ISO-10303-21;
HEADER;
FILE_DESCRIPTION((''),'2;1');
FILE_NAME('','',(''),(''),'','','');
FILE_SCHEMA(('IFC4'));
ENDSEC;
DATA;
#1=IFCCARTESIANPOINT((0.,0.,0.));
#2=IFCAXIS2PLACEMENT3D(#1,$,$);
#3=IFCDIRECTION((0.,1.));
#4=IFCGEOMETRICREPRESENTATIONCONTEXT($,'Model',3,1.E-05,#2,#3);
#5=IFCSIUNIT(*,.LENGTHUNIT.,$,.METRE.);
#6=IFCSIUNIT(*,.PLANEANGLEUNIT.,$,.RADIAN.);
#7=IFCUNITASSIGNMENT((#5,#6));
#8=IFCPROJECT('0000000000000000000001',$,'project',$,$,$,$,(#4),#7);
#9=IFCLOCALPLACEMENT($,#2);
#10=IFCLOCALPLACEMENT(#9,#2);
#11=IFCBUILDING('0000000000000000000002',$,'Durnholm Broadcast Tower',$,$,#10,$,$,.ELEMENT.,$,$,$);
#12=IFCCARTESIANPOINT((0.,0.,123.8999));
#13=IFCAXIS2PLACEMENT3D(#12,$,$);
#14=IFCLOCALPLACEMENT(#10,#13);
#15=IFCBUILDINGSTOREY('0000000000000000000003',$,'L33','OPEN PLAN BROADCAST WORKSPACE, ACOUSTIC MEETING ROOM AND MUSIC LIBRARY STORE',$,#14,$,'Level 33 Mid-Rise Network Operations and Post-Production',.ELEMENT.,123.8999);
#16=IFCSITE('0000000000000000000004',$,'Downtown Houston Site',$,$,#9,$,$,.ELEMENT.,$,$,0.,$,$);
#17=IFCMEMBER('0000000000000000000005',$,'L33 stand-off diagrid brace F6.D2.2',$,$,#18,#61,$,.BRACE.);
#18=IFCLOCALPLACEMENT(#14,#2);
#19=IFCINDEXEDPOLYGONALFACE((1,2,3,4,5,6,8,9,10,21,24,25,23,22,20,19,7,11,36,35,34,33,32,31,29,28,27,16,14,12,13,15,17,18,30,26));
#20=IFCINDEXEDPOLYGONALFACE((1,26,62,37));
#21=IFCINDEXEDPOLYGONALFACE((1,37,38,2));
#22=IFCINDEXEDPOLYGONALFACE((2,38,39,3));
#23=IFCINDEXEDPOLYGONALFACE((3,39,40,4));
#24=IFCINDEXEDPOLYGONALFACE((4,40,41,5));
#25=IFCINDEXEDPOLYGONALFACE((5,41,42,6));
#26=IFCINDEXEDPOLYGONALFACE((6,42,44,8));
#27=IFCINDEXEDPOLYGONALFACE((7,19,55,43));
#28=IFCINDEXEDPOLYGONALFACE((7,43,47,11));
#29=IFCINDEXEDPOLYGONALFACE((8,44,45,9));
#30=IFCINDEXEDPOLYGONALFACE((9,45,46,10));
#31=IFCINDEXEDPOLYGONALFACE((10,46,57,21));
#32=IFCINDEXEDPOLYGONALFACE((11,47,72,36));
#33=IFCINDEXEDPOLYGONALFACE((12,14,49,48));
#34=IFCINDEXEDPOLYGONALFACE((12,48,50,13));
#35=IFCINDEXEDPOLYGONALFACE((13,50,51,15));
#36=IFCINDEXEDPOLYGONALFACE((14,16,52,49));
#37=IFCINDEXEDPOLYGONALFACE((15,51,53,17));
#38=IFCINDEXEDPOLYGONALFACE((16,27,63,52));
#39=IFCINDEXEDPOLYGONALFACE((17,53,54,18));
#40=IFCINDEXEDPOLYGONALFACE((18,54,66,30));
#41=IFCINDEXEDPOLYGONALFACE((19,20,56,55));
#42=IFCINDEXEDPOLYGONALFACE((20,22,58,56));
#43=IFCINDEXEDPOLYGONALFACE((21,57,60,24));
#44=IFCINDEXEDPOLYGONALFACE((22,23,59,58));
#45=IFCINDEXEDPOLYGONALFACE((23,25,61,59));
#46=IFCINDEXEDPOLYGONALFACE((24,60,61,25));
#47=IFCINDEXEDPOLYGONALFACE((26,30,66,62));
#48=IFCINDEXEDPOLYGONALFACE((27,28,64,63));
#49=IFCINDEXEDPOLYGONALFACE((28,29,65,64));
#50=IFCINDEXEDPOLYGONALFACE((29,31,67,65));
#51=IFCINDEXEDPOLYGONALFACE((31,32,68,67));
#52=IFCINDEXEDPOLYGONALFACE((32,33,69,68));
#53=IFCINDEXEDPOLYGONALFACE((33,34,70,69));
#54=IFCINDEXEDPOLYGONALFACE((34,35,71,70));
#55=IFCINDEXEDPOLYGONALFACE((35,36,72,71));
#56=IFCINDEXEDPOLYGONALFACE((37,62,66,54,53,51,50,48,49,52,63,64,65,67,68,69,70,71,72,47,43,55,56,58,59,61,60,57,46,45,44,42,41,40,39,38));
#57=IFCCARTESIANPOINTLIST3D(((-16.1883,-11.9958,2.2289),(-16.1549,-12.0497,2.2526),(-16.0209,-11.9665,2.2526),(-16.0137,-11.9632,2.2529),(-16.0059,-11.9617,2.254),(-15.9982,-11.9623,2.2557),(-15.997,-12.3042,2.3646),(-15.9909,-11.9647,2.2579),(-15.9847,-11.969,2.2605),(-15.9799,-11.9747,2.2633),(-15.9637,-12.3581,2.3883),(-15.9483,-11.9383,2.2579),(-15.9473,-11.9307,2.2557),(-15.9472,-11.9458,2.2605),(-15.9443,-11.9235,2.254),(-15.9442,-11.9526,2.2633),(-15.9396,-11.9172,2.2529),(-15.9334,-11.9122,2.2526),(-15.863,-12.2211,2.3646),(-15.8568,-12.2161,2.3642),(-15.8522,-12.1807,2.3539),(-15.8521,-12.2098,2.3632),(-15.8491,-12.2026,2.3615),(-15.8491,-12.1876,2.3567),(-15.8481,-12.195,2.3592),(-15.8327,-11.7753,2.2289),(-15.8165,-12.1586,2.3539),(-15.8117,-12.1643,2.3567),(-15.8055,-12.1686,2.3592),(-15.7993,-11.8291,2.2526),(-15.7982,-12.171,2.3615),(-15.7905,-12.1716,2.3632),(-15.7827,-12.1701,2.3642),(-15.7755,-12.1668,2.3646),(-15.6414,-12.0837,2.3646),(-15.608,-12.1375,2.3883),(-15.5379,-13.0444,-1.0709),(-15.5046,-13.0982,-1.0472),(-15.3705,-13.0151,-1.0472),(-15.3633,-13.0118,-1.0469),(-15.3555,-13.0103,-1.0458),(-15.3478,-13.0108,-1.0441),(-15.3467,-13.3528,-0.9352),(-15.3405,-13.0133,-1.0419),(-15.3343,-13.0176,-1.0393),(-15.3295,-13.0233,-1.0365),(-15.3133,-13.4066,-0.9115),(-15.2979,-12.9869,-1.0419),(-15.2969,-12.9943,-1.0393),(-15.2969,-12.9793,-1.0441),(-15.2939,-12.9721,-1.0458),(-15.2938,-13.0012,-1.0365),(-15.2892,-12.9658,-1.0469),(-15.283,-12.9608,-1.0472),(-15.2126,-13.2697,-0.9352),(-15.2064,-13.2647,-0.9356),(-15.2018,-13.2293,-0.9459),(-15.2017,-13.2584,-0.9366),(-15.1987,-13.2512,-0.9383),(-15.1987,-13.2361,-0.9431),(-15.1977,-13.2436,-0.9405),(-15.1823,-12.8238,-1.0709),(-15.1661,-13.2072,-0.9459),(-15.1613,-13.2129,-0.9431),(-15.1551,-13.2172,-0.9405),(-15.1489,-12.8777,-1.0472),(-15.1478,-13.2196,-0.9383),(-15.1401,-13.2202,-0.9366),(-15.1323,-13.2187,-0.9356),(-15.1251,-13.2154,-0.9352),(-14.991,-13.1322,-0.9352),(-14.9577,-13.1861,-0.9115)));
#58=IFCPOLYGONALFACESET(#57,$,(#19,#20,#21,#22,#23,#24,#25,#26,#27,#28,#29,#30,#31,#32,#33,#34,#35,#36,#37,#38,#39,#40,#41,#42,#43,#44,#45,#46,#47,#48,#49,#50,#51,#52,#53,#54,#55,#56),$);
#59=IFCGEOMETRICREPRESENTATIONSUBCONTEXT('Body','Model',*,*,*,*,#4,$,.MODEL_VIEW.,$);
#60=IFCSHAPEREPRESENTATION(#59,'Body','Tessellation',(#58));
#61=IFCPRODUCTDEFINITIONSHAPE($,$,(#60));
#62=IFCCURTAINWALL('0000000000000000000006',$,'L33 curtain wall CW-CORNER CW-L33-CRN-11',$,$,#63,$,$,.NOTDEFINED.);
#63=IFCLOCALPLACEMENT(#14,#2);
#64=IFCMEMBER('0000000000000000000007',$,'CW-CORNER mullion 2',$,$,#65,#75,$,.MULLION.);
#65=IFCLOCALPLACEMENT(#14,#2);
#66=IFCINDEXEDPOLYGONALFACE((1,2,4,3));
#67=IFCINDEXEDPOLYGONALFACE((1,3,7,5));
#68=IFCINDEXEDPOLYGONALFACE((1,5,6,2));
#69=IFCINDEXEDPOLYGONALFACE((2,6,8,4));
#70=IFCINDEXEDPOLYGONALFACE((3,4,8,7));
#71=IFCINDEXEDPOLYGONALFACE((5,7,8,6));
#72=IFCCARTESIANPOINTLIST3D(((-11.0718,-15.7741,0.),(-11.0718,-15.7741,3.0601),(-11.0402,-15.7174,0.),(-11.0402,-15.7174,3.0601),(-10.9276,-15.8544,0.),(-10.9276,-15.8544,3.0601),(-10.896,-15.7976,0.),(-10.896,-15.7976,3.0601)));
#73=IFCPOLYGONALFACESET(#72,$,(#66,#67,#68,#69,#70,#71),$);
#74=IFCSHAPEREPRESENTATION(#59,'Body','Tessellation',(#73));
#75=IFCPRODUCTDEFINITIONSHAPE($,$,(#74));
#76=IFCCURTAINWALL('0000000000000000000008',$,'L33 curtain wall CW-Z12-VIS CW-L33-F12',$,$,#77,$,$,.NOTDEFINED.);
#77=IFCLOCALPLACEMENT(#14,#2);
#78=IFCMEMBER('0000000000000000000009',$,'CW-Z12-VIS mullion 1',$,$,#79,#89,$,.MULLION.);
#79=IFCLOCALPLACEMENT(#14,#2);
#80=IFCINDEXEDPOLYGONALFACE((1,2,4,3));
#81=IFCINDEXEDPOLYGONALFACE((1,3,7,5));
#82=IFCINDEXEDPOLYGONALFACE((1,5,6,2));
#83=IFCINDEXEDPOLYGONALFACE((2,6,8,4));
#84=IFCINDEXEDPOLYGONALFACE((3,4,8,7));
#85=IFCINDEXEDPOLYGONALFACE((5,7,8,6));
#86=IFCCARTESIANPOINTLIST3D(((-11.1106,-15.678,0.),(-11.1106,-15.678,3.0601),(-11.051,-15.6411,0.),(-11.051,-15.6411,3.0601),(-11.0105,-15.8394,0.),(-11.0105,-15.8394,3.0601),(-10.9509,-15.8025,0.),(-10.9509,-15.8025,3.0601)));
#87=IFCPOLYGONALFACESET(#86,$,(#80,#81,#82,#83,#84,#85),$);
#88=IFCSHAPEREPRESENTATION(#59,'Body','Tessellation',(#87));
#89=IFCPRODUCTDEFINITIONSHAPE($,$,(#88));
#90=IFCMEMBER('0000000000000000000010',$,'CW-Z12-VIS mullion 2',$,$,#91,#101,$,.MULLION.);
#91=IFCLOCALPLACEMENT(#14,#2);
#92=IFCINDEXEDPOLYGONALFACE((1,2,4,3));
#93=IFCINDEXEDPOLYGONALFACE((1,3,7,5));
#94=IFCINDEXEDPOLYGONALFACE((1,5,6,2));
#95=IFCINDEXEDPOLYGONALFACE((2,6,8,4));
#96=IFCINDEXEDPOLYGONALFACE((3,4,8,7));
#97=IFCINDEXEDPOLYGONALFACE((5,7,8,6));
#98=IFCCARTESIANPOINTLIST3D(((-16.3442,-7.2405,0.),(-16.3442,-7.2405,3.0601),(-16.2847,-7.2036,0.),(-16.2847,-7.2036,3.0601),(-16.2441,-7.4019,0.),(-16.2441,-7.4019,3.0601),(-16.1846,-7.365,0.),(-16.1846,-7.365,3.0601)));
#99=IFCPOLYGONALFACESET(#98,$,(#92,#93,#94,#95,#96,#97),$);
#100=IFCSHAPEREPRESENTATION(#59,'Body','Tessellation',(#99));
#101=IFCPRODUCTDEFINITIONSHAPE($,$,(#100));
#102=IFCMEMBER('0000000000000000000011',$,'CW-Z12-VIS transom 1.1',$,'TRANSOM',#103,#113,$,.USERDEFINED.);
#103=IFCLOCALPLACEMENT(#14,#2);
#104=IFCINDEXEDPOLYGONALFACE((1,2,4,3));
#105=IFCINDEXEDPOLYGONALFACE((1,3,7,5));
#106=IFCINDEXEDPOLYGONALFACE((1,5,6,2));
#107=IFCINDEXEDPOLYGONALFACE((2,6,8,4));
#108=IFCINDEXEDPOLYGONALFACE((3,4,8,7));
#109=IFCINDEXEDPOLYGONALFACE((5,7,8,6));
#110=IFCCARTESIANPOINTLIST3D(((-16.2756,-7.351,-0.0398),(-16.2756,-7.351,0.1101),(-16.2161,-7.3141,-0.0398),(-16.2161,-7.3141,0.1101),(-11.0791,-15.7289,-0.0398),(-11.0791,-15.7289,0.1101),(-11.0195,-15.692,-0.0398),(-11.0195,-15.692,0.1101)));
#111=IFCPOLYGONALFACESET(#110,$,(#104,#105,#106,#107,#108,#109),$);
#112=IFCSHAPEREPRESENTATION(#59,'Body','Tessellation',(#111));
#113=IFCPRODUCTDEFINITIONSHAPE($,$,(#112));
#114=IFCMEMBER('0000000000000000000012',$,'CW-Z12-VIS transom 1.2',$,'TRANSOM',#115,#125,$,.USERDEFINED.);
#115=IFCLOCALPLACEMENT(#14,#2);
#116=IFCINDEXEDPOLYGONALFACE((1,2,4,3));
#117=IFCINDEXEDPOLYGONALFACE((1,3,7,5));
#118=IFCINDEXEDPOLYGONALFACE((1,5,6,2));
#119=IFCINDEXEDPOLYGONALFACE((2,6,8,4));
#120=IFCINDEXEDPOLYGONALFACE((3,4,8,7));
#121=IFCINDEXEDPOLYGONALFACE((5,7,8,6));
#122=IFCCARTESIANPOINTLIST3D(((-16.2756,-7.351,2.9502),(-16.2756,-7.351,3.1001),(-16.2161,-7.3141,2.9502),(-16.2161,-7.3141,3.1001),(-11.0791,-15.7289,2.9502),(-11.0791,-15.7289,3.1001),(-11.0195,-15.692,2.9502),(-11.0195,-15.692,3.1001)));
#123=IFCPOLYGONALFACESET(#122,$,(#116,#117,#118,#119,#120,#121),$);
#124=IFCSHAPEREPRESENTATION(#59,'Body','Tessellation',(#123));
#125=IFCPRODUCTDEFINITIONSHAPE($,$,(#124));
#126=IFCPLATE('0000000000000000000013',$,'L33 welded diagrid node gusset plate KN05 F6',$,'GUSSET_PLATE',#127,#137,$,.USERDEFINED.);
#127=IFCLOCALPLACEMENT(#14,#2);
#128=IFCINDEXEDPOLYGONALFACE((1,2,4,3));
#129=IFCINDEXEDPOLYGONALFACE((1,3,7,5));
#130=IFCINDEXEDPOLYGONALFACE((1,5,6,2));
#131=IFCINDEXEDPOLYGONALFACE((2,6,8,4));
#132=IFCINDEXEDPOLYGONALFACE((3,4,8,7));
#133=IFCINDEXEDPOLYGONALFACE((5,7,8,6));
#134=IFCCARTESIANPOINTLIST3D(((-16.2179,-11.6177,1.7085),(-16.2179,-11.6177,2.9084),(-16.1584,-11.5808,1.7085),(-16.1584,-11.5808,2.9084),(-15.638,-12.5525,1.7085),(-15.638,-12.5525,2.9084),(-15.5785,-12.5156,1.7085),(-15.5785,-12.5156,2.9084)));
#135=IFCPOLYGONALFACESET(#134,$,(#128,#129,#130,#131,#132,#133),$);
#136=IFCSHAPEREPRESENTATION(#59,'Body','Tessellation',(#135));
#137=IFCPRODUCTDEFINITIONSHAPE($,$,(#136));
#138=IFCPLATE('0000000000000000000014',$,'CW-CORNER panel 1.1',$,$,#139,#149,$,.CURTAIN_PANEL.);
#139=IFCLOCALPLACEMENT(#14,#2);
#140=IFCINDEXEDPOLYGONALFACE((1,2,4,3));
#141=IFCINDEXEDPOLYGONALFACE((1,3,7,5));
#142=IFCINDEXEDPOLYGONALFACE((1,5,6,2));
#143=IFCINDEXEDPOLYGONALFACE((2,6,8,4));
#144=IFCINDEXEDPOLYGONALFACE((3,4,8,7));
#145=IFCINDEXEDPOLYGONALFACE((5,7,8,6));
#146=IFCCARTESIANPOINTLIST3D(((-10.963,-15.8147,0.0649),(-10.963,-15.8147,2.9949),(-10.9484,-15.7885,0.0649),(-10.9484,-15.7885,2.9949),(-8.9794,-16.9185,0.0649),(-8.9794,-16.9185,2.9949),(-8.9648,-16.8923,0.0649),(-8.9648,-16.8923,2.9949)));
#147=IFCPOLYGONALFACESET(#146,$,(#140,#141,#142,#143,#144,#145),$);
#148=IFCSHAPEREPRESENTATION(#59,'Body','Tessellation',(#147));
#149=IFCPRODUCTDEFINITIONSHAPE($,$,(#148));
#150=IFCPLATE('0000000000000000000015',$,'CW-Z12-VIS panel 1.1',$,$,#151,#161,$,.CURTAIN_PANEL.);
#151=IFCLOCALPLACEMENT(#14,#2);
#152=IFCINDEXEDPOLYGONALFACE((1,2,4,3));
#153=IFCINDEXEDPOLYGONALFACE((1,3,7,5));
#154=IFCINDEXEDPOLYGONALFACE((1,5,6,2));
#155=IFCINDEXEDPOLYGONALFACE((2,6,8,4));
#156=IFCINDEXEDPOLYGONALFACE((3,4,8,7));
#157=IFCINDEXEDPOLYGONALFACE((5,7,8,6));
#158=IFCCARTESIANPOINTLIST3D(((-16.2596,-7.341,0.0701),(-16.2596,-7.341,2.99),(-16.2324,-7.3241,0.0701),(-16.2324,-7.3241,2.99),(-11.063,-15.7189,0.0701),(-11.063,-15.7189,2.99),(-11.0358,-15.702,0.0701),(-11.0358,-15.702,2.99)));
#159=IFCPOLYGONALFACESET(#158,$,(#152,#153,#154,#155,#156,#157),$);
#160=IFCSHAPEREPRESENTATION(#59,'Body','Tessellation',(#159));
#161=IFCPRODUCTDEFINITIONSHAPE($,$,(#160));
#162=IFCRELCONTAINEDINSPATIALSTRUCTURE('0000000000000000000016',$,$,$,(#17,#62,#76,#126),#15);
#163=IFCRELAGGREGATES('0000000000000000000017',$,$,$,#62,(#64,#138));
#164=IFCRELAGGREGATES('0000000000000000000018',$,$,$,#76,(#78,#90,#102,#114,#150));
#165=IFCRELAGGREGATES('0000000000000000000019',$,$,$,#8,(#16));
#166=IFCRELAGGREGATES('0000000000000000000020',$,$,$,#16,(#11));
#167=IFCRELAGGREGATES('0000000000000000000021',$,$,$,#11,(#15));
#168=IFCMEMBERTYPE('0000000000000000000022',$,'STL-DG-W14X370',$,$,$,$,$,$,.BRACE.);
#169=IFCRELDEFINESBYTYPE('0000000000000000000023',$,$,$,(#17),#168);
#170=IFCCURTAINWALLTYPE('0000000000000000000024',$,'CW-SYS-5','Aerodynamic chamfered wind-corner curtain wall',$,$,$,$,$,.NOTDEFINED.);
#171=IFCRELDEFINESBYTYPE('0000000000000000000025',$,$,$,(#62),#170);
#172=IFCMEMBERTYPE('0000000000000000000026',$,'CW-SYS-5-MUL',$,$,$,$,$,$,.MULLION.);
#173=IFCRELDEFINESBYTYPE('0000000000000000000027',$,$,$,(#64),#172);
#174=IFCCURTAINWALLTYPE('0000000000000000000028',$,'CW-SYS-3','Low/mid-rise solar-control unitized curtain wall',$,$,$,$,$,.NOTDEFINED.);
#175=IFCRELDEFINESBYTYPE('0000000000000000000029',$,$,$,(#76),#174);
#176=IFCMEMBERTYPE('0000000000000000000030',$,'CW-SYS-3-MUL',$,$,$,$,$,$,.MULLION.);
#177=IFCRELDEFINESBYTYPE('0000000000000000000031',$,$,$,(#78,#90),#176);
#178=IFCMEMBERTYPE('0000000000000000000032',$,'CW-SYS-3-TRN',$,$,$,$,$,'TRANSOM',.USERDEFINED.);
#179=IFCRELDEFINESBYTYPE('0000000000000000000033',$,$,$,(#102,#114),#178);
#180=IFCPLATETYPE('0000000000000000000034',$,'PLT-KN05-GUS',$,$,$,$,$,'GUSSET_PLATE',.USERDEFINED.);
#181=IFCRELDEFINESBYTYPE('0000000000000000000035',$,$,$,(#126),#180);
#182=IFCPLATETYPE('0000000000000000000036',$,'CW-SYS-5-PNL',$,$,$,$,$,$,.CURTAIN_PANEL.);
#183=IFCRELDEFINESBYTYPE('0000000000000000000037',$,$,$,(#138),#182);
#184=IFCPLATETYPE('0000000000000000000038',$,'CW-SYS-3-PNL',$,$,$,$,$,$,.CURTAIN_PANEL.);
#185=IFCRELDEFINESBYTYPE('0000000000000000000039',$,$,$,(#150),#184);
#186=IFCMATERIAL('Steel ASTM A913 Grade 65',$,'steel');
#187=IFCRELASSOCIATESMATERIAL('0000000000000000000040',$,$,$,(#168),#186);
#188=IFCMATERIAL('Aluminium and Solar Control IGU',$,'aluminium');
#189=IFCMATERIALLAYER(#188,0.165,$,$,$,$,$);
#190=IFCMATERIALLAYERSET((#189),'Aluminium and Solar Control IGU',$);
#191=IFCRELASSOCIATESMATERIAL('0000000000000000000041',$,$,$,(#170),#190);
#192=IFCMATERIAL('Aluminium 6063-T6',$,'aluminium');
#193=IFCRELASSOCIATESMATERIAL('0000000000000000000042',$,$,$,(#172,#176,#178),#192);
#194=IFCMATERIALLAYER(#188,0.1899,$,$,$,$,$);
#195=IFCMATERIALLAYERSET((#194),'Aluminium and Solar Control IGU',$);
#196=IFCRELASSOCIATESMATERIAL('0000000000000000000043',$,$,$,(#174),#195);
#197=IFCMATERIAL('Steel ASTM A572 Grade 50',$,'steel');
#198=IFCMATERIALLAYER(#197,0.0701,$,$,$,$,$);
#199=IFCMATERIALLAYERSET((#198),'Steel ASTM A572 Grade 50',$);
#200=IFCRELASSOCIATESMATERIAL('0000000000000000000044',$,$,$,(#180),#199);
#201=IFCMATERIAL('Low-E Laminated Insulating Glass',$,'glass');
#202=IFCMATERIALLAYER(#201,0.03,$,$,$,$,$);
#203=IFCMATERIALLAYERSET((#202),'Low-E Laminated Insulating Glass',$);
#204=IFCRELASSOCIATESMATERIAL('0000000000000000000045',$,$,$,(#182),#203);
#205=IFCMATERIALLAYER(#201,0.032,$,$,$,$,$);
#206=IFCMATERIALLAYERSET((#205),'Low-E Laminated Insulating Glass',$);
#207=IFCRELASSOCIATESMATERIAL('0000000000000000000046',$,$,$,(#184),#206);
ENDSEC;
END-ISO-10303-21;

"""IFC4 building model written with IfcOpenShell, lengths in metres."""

from ifc_helpers import new_model, si_unit, direction, frame, origin, origin_2d, place, context, subcontext, project, spatial, rectangle, i_section, extrude, source, transform, mapped, material, layer, layer_set, material_profile, profile_set, type_object, type_shapes, element, aggregate, save


model = new_model("IFC4")

# Units and contexts
model_context = context("Model", 3, precision=1e-05, world=origin(), true_north=direction((0.0, 1.0)))
body_context = subcontext(model_context, "Body", "Model", "MODEL_VIEW")
ifc_project = project(units=[si_unit("LENGTHUNIT", "METRE"), si_unit("PLANEANGLEUNIT", "RADIAN")], contexts=[model_context])

# Site, building, storey
site_placement = place(None, origin())
site = spatial("IfcSite", under=ifc_project, at=site_placement, Name="Downtown Houston Site", CompositionType="ELEMENT", RefElevation=0.0)
building_placement = place(site_placement, origin())
building = spatial("IfcBuilding", under=site, at=building_placement, Name="Durnholm Broadcast Tower", CompositionType="ELEMENT")
storey_placement = place(building_placement, frame((0.0, 0.0, 123.8999)))
storey = spatial("IfcBuildingStorey", under=building, at=storey_placement, Name="L33", Description="OPEN PLAN BROADCAST WORKSPACE, ACOUSTIC MEETING ROOM AND MUSIC LIBRARY STORE", LongName="Level 33 Mid-Rise Network Operations and Post-Production", CompositionType="ELEMENT", Elevation=123.8999)

# Member
ifc_material_1 = material(Name="Steel ASTM A913 Grade 65", Category="steel")
ifc_material_profile_1 = material_profile(ifc_material_1, i_section(OverallWidth=0.4185, OverallDepth=0.4551, WebThickness=0.042, FlangeThickness=0.0676, FilletRadius=0.0305, at=origin_2d()), Name="W14X370")
ifc_profile_set_1 = profile_set([ifc_material_profile_1], Name="Steel ASTM A913 Grade 65")
member_type_1 = type_object("IfcMemberType", Name="STL-DG-W14X370", PredefinedType="BRACE", material=ifc_profile_set_1)
shared_shape_1 = source(origin(), body_context, "Body", "SweptSolid", [
    extrude(i_section(OverallWidth=0.4185, OverallDepth=0.4551, WebThickness=0.042, FlangeThickness=0.0676, FilletRadius=0.0305, at=origin_2d()), origin(), (0.0, 0.0, 1.0), 3.5229),
])
type_shapes(member_type_1, [shared_shape_1])
for number, where, z_axis, x_axis, name in (
    (1, (-15.2478, -13.1152, -0.9912), (-0.184615, 0.297643, 0.936657), (-0.849805, -0.527097, 0.0), "L33 stand-off diagrid brace F6.D2.2"),
):
    element("IfcMember", number, at=place(storey_placement, frame(where, z_axis=z_axis, x_axis=x_axis)), inside=storey, type_object=member_type_1, Name=name, PredefinedType="BRACE", context=body_context, shape_type="MappedRepresentation", body=[
        mapped(shared_shape_1, transform((0.0, 0.0, 0.0), x_axis=(1.0, 0.0, 0.0), y_axis=(0.0, 1.0, 0.0), z_axis=(0.0, 0.0, 1.0), scale=1.0)),
    ])

# Curtain wall, member
ifc_material_2 = material(Name="Aluminium and Solar Control IGU", Category="aluminium")
ifc_layer_1 = layer(ifc_material_2, 0.165)
ifc_layer_set_1 = layer_set([ifc_layer_1], Name="Aluminium and Solar Control IGU")
curtain_wall_type_1 = type_object("IfcCurtainWallType", Name="CW-SYS-5", Description="Aerodynamic chamfered wind-corner curtain wall", PredefinedType="NOTDEFINED", material=ifc_layer_set_1)
curtain_wall_1_placement = place(storey_placement, origin())
curtain_wall_1 = element("IfcCurtainWall", 2, at=curtain_wall_1_placement, inside=storey, type_object=curtain_wall_type_1, Name="L33 curtain wall CW-CORNER CW-L33-CRN-11", PredefinedType="NOTDEFINED")
ifc_material_3 = material(Name="Aluminium 6063-T6", Category="aluminium")
ifc_material_profile_2 = material_profile(ifc_material_3, rectangle(XDim=0.0649, YDim=0.165, at=origin_2d()), Name="CWM65X165")
ifc_profile_set_2 = profile_set([ifc_material_profile_2], Name="Aluminium 6063-T6")
member_type_2 = type_object("IfcMemberType", Name="CW-SYS-5-MUL", PredefinedType="MULLION", material=ifc_profile_set_2)
shared_shape_2 = source(origin(), body_context, "Body", "SweptSolid", [
    extrude(rectangle(XDim=0.0649, YDim=0.165, at=origin_2d()), origin(), (0.0, 0.0, 1.0), 3.0601),
])
type_shapes(member_type_2, [shared_shape_2])
member_1_placement = place(storey_placement, frame((-10.9839, -15.7859, 0.0), z_axis=(0.0, 0.0, 1.0), x_axis=(-0.486244, -0.873823, 0.0)))
member_1 = element("IfcMember", 3, at=member_1_placement, type_object=member_type_2, Name="CW-CORNER mullion 2", PredefinedType="MULLION", context=body_context, shape_type="MappedRepresentation", body=[
    mapped(shared_shape_2, transform((0.0, 0.0, 0.0), x_axis=(1.0, 0.0, 0.0), y_axis=(0.0, 1.0, 0.0), z_axis=(0.0, 0.0, 1.0), scale=1.0)),
])

# Curtain wall, members
ifc_layer_2 = layer(ifc_material_2, 0.1899)
ifc_layer_set_2 = layer_set([ifc_layer_2], Name="Aluminium and Solar Control IGU")
curtain_wall_type_2 = type_object("IfcCurtainWallType", Name="CW-SYS-3", Description="Low/mid-rise solar-control unitized curtain wall", PredefinedType="NOTDEFINED", material=ifc_layer_set_2)
curtain_wall_2_placement = place(storey_placement, origin())
curtain_wall_2 = element("IfcCurtainWall", 4, at=curtain_wall_2_placement, inside=storey, type_object=curtain_wall_type_2, Name="L33 curtain wall CW-Z12-VIS CW-L33-F12", PredefinedType="NOTDEFINED")
ifc_material_profile_3 = material_profile(ifc_material_3, rectangle(XDim=0.0701, YDim=0.1899, at=origin_2d()), Name="CWM70X190")
ifc_profile_set_3 = profile_set([ifc_material_profile_3], Name="Aluminium 6063-T6")
member_type_3 = type_object("IfcMemberType", Name="CW-SYS-3-MUL", PredefinedType="MULLION", material=ifc_profile_set_3)
shared_shape_3 = source(origin(), body_context, "Body", "SweptSolid", [
    extrude(rectangle(XDim=0.0701, YDim=0.1899, at=origin_2d()), origin(), (0.0, 0.0, 1.0), 3.0601),
])
type_shapes(member_type_3, [shared_shape_3])
member_2_placement = place(storey_placement, frame((-11.0308, -15.7402, 0.0), z_axis=(0.0, 0.0, 1.0), x_axis=(-0.8498, -0.527105, 0.0)))
member_2 = element("IfcMember", 5, at=member_2_placement, type_object=member_type_3, Name="CW-Z12-VIS mullion 1", PredefinedType="MULLION", context=body_context, shape_type="MappedRepresentation", body=[
    mapped(shared_shape_3, transform((0.0, 0.0, 0.0), x_axis=(1.0, 0.0, 0.0), y_axis=(0.0, 1.0, 0.0), z_axis=(0.0, 0.0, 1.0), scale=1.0)),
])
member_3_placement = place(storey_placement, frame((-16.2644, -7.3027, 0.0), z_axis=(0.0, 0.0, 1.0), x_axis=(-0.8498, -0.527105, 0.0)))
member_3 = element("IfcMember", 6, at=member_3_placement, type_object=member_type_3, Name="CW-Z12-VIS mullion 2", PredefinedType="MULLION", context=body_context, shape_type="MappedRepresentation", body=[
    mapped(shared_shape_3, transform((0.0, 0.0, 0.0), x_axis=(1.0, 0.0, 0.0), y_axis=(0.0, 1.0, 0.0), z_axis=(0.0, 0.0, 1.0), scale=1.0)),
])
ifc_material_profile_4 = material_profile(ifc_material_3, rectangle(XDim=0.0701, YDim=0.1499, at=origin_2d()), Name="CWT70X150")
ifc_profile_set_4 = profile_set([ifc_material_profile_4], Name="Aluminium 6063-T6")
member_type_4 = type_object("IfcMemberType", Name="CW-SYS-3-TRN", ElementType="TRANSOM", PredefinedType="USERDEFINED", material=ifc_profile_set_4)
shared_shape_4 = source(origin(), body_context, "Body", "SweptSolid", [
    extrude(rectangle(XDim=0.0701, YDim=0.1499, at=origin_2d()), origin(), (0.0, 0.0, 1.0), 9.8586),
])
type_shapes(member_type_4, [shared_shape_4])
member_4_placement = place(storey_placement, frame((-11.0493, -15.7104, 0.0352), z_axis=(-0.527102, 0.849802, 0.0), x_axis=(-0.849802, -0.527102, 0.0)))
member_4 = element("IfcMember", 7, at=member_4_placement, type_object=member_type_4, Name="CW-Z12-VIS transom 1.1", ObjectType="TRANSOM", PredefinedType="USERDEFINED", context=body_context, shape_type="MappedRepresentation", body=[
    mapped(shared_shape_4, transform((0.0, 0.0, 0.0), x_axis=(1.0, 0.0, 0.0), y_axis=(0.0, 1.0, 0.0), z_axis=(0.0, 0.0, 1.0), scale=1.0)),
])
member_5_placement = place(storey_placement, frame((-11.0493, -15.7104, 3.0251), z_axis=(-0.527102, 0.849802, 0.0), x_axis=(-0.849802, -0.527102, 0.0)))
member_5 = element("IfcMember", 8, at=member_5_placement, type_object=member_type_4, Name="CW-Z12-VIS transom 1.2", ObjectType="TRANSOM", PredefinedType="USERDEFINED", context=body_context, shape_type="MappedRepresentation", body=[
    mapped(shared_shape_4, transform((0.0, 0.0, 0.0), x_axis=(1.0, 0.0, 0.0), y_axis=(0.0, 1.0, 0.0), z_axis=(0.0, 0.0, 1.0), scale=1.0)),
])

# Plates
ifc_material_4 = material(Name="Steel ASTM A572 Grade 50", Category="steel")
ifc_layer_3 = layer(ifc_material_4, 0.0701)
ifc_layer_set_3 = layer_set([ifc_layer_3], Name="Steel ASTM A572 Grade 50")
plate_type_1 = type_object("IfcPlateType", Name="PLT-KN05-GUS", ElementType="GUSSET_PLATE", PredefinedType="USERDEFINED", material=ifc_layer_set_3)
shared_shape_5 = source(origin(), body_context, "Body", "SweptSolid", [
    extrude(rectangle(XDim=1.1001, YDim=0.0701, at=origin_2d()), origin(), (0.0, 0.0, 1.0), 1.2),
])
type_shapes(plate_type_1, [shared_shape_5])
plate_1_placement = place(storey_placement, frame((-15.8982, -12.0667, 1.7085), z_axis=(0.0, 0.0, 1.0), x_axis=(0.527104, -0.849801, 0.0)))
element("IfcPlate", 9, at=plate_1_placement, inside=storey, type_object=plate_type_1, Name="L33 welded diagrid node gusset plate KN05 F6", ObjectType="GUSSET_PLATE", PredefinedType="USERDEFINED", context=body_context, shape_type="MappedRepresentation", body=[
    mapped(shared_shape_5, transform((0.0, 0.0, 0.0), x_axis=(1.0, 0.0, 0.0), y_axis=(0.0, 1.0, 0.0), z_axis=(0.0, 0.0, 1.0), scale=1.0)),
])
ifc_material_5 = material(Name="Low-E Laminated Insulating Glass", Category="glass")
ifc_layer_4 = layer(ifc_material_5, 0.03)
ifc_layer_set_4 = layer_set([ifc_layer_4], Name="Low-E Laminated Insulating Glass")
plate_type_2 = type_object("IfcPlateType", Name="CW-SYS-5-PNL", PredefinedType="CURTAIN_PANEL", material=ifc_layer_set_4)
shared_shape_6 = source(origin(), body_context, "Body", "SweptSolid", [
    extrude(rectangle(XDim=2.27, YDim=0.03, at=origin_2d()), origin(), (0.0, 0.0, 1.0), 2.9299),
])
type_shapes(plate_type_2, [shared_shape_6])
plate_2_placement = place(storey_placement, frame((-9.9639, -16.3535, 0.0649), z_axis=(0.0, 0.0, 1.0), x_axis=(-0.873823, 0.486244, 0.0)))
plate_2 = element("IfcPlate", 10, at=plate_2_placement, type_object=plate_type_2, Name="CW-CORNER panel 1.1", PredefinedType="CURTAIN_PANEL", context=body_context, shape_type="MappedRepresentation", body=[
    mapped(shared_shape_6, transform((0.0, 0.0, 0.0), x_axis=(1.0, 0.0, 0.0), y_axis=(0.0, 1.0, 0.0), z_axis=(0.0, 0.0, 1.0), scale=1.0)),
])
aggregate(curtain_wall_1, [member_1, plate_2])
ifc_layer_5 = layer(ifc_material_5, 0.032)
ifc_layer_set_5 = layer_set([ifc_layer_5], Name="Low-E Laminated Insulating Glass")
plate_type_3 = type_object("IfcPlateType", Name="CW-SYS-3-PNL", PredefinedType="CURTAIN_PANEL", material=ifc_layer_set_5)
shared_shape_7 = source(origin(), body_context, "Body", "SweptSolid", [
    extrude(rectangle(XDim=9.8586, YDim=0.032, at=origin_2d()), origin(), (0.0, 0.0, 1.0), 2.9199),
])
type_shapes(plate_type_3, [shared_shape_7])
plate_3_placement = place(storey_placement, frame((-13.6477, -11.5215, 0.0701), z_axis=(0.0, 0.0, 1.0), x_axis=(-0.527105, 0.8498, 0.0)))
plate_3 = element("IfcPlate", 11, at=plate_3_placement, type_object=plate_type_3, Name="CW-Z12-VIS panel 1.1", PredefinedType="CURTAIN_PANEL", context=body_context, shape_type="MappedRepresentation", body=[
    mapped(shared_shape_7, transform((0.0, 0.0, 0.0), x_axis=(1.0, 0.0, 0.0), y_axis=(0.0, 1.0, 0.0), z_axis=(0.0, 0.0, 1.0), scale=1.0)),
])
aggregate(curtain_wall_2, [member_2, member_3, member_4, member_5, plate_3])

save(model, "model.ifc")
